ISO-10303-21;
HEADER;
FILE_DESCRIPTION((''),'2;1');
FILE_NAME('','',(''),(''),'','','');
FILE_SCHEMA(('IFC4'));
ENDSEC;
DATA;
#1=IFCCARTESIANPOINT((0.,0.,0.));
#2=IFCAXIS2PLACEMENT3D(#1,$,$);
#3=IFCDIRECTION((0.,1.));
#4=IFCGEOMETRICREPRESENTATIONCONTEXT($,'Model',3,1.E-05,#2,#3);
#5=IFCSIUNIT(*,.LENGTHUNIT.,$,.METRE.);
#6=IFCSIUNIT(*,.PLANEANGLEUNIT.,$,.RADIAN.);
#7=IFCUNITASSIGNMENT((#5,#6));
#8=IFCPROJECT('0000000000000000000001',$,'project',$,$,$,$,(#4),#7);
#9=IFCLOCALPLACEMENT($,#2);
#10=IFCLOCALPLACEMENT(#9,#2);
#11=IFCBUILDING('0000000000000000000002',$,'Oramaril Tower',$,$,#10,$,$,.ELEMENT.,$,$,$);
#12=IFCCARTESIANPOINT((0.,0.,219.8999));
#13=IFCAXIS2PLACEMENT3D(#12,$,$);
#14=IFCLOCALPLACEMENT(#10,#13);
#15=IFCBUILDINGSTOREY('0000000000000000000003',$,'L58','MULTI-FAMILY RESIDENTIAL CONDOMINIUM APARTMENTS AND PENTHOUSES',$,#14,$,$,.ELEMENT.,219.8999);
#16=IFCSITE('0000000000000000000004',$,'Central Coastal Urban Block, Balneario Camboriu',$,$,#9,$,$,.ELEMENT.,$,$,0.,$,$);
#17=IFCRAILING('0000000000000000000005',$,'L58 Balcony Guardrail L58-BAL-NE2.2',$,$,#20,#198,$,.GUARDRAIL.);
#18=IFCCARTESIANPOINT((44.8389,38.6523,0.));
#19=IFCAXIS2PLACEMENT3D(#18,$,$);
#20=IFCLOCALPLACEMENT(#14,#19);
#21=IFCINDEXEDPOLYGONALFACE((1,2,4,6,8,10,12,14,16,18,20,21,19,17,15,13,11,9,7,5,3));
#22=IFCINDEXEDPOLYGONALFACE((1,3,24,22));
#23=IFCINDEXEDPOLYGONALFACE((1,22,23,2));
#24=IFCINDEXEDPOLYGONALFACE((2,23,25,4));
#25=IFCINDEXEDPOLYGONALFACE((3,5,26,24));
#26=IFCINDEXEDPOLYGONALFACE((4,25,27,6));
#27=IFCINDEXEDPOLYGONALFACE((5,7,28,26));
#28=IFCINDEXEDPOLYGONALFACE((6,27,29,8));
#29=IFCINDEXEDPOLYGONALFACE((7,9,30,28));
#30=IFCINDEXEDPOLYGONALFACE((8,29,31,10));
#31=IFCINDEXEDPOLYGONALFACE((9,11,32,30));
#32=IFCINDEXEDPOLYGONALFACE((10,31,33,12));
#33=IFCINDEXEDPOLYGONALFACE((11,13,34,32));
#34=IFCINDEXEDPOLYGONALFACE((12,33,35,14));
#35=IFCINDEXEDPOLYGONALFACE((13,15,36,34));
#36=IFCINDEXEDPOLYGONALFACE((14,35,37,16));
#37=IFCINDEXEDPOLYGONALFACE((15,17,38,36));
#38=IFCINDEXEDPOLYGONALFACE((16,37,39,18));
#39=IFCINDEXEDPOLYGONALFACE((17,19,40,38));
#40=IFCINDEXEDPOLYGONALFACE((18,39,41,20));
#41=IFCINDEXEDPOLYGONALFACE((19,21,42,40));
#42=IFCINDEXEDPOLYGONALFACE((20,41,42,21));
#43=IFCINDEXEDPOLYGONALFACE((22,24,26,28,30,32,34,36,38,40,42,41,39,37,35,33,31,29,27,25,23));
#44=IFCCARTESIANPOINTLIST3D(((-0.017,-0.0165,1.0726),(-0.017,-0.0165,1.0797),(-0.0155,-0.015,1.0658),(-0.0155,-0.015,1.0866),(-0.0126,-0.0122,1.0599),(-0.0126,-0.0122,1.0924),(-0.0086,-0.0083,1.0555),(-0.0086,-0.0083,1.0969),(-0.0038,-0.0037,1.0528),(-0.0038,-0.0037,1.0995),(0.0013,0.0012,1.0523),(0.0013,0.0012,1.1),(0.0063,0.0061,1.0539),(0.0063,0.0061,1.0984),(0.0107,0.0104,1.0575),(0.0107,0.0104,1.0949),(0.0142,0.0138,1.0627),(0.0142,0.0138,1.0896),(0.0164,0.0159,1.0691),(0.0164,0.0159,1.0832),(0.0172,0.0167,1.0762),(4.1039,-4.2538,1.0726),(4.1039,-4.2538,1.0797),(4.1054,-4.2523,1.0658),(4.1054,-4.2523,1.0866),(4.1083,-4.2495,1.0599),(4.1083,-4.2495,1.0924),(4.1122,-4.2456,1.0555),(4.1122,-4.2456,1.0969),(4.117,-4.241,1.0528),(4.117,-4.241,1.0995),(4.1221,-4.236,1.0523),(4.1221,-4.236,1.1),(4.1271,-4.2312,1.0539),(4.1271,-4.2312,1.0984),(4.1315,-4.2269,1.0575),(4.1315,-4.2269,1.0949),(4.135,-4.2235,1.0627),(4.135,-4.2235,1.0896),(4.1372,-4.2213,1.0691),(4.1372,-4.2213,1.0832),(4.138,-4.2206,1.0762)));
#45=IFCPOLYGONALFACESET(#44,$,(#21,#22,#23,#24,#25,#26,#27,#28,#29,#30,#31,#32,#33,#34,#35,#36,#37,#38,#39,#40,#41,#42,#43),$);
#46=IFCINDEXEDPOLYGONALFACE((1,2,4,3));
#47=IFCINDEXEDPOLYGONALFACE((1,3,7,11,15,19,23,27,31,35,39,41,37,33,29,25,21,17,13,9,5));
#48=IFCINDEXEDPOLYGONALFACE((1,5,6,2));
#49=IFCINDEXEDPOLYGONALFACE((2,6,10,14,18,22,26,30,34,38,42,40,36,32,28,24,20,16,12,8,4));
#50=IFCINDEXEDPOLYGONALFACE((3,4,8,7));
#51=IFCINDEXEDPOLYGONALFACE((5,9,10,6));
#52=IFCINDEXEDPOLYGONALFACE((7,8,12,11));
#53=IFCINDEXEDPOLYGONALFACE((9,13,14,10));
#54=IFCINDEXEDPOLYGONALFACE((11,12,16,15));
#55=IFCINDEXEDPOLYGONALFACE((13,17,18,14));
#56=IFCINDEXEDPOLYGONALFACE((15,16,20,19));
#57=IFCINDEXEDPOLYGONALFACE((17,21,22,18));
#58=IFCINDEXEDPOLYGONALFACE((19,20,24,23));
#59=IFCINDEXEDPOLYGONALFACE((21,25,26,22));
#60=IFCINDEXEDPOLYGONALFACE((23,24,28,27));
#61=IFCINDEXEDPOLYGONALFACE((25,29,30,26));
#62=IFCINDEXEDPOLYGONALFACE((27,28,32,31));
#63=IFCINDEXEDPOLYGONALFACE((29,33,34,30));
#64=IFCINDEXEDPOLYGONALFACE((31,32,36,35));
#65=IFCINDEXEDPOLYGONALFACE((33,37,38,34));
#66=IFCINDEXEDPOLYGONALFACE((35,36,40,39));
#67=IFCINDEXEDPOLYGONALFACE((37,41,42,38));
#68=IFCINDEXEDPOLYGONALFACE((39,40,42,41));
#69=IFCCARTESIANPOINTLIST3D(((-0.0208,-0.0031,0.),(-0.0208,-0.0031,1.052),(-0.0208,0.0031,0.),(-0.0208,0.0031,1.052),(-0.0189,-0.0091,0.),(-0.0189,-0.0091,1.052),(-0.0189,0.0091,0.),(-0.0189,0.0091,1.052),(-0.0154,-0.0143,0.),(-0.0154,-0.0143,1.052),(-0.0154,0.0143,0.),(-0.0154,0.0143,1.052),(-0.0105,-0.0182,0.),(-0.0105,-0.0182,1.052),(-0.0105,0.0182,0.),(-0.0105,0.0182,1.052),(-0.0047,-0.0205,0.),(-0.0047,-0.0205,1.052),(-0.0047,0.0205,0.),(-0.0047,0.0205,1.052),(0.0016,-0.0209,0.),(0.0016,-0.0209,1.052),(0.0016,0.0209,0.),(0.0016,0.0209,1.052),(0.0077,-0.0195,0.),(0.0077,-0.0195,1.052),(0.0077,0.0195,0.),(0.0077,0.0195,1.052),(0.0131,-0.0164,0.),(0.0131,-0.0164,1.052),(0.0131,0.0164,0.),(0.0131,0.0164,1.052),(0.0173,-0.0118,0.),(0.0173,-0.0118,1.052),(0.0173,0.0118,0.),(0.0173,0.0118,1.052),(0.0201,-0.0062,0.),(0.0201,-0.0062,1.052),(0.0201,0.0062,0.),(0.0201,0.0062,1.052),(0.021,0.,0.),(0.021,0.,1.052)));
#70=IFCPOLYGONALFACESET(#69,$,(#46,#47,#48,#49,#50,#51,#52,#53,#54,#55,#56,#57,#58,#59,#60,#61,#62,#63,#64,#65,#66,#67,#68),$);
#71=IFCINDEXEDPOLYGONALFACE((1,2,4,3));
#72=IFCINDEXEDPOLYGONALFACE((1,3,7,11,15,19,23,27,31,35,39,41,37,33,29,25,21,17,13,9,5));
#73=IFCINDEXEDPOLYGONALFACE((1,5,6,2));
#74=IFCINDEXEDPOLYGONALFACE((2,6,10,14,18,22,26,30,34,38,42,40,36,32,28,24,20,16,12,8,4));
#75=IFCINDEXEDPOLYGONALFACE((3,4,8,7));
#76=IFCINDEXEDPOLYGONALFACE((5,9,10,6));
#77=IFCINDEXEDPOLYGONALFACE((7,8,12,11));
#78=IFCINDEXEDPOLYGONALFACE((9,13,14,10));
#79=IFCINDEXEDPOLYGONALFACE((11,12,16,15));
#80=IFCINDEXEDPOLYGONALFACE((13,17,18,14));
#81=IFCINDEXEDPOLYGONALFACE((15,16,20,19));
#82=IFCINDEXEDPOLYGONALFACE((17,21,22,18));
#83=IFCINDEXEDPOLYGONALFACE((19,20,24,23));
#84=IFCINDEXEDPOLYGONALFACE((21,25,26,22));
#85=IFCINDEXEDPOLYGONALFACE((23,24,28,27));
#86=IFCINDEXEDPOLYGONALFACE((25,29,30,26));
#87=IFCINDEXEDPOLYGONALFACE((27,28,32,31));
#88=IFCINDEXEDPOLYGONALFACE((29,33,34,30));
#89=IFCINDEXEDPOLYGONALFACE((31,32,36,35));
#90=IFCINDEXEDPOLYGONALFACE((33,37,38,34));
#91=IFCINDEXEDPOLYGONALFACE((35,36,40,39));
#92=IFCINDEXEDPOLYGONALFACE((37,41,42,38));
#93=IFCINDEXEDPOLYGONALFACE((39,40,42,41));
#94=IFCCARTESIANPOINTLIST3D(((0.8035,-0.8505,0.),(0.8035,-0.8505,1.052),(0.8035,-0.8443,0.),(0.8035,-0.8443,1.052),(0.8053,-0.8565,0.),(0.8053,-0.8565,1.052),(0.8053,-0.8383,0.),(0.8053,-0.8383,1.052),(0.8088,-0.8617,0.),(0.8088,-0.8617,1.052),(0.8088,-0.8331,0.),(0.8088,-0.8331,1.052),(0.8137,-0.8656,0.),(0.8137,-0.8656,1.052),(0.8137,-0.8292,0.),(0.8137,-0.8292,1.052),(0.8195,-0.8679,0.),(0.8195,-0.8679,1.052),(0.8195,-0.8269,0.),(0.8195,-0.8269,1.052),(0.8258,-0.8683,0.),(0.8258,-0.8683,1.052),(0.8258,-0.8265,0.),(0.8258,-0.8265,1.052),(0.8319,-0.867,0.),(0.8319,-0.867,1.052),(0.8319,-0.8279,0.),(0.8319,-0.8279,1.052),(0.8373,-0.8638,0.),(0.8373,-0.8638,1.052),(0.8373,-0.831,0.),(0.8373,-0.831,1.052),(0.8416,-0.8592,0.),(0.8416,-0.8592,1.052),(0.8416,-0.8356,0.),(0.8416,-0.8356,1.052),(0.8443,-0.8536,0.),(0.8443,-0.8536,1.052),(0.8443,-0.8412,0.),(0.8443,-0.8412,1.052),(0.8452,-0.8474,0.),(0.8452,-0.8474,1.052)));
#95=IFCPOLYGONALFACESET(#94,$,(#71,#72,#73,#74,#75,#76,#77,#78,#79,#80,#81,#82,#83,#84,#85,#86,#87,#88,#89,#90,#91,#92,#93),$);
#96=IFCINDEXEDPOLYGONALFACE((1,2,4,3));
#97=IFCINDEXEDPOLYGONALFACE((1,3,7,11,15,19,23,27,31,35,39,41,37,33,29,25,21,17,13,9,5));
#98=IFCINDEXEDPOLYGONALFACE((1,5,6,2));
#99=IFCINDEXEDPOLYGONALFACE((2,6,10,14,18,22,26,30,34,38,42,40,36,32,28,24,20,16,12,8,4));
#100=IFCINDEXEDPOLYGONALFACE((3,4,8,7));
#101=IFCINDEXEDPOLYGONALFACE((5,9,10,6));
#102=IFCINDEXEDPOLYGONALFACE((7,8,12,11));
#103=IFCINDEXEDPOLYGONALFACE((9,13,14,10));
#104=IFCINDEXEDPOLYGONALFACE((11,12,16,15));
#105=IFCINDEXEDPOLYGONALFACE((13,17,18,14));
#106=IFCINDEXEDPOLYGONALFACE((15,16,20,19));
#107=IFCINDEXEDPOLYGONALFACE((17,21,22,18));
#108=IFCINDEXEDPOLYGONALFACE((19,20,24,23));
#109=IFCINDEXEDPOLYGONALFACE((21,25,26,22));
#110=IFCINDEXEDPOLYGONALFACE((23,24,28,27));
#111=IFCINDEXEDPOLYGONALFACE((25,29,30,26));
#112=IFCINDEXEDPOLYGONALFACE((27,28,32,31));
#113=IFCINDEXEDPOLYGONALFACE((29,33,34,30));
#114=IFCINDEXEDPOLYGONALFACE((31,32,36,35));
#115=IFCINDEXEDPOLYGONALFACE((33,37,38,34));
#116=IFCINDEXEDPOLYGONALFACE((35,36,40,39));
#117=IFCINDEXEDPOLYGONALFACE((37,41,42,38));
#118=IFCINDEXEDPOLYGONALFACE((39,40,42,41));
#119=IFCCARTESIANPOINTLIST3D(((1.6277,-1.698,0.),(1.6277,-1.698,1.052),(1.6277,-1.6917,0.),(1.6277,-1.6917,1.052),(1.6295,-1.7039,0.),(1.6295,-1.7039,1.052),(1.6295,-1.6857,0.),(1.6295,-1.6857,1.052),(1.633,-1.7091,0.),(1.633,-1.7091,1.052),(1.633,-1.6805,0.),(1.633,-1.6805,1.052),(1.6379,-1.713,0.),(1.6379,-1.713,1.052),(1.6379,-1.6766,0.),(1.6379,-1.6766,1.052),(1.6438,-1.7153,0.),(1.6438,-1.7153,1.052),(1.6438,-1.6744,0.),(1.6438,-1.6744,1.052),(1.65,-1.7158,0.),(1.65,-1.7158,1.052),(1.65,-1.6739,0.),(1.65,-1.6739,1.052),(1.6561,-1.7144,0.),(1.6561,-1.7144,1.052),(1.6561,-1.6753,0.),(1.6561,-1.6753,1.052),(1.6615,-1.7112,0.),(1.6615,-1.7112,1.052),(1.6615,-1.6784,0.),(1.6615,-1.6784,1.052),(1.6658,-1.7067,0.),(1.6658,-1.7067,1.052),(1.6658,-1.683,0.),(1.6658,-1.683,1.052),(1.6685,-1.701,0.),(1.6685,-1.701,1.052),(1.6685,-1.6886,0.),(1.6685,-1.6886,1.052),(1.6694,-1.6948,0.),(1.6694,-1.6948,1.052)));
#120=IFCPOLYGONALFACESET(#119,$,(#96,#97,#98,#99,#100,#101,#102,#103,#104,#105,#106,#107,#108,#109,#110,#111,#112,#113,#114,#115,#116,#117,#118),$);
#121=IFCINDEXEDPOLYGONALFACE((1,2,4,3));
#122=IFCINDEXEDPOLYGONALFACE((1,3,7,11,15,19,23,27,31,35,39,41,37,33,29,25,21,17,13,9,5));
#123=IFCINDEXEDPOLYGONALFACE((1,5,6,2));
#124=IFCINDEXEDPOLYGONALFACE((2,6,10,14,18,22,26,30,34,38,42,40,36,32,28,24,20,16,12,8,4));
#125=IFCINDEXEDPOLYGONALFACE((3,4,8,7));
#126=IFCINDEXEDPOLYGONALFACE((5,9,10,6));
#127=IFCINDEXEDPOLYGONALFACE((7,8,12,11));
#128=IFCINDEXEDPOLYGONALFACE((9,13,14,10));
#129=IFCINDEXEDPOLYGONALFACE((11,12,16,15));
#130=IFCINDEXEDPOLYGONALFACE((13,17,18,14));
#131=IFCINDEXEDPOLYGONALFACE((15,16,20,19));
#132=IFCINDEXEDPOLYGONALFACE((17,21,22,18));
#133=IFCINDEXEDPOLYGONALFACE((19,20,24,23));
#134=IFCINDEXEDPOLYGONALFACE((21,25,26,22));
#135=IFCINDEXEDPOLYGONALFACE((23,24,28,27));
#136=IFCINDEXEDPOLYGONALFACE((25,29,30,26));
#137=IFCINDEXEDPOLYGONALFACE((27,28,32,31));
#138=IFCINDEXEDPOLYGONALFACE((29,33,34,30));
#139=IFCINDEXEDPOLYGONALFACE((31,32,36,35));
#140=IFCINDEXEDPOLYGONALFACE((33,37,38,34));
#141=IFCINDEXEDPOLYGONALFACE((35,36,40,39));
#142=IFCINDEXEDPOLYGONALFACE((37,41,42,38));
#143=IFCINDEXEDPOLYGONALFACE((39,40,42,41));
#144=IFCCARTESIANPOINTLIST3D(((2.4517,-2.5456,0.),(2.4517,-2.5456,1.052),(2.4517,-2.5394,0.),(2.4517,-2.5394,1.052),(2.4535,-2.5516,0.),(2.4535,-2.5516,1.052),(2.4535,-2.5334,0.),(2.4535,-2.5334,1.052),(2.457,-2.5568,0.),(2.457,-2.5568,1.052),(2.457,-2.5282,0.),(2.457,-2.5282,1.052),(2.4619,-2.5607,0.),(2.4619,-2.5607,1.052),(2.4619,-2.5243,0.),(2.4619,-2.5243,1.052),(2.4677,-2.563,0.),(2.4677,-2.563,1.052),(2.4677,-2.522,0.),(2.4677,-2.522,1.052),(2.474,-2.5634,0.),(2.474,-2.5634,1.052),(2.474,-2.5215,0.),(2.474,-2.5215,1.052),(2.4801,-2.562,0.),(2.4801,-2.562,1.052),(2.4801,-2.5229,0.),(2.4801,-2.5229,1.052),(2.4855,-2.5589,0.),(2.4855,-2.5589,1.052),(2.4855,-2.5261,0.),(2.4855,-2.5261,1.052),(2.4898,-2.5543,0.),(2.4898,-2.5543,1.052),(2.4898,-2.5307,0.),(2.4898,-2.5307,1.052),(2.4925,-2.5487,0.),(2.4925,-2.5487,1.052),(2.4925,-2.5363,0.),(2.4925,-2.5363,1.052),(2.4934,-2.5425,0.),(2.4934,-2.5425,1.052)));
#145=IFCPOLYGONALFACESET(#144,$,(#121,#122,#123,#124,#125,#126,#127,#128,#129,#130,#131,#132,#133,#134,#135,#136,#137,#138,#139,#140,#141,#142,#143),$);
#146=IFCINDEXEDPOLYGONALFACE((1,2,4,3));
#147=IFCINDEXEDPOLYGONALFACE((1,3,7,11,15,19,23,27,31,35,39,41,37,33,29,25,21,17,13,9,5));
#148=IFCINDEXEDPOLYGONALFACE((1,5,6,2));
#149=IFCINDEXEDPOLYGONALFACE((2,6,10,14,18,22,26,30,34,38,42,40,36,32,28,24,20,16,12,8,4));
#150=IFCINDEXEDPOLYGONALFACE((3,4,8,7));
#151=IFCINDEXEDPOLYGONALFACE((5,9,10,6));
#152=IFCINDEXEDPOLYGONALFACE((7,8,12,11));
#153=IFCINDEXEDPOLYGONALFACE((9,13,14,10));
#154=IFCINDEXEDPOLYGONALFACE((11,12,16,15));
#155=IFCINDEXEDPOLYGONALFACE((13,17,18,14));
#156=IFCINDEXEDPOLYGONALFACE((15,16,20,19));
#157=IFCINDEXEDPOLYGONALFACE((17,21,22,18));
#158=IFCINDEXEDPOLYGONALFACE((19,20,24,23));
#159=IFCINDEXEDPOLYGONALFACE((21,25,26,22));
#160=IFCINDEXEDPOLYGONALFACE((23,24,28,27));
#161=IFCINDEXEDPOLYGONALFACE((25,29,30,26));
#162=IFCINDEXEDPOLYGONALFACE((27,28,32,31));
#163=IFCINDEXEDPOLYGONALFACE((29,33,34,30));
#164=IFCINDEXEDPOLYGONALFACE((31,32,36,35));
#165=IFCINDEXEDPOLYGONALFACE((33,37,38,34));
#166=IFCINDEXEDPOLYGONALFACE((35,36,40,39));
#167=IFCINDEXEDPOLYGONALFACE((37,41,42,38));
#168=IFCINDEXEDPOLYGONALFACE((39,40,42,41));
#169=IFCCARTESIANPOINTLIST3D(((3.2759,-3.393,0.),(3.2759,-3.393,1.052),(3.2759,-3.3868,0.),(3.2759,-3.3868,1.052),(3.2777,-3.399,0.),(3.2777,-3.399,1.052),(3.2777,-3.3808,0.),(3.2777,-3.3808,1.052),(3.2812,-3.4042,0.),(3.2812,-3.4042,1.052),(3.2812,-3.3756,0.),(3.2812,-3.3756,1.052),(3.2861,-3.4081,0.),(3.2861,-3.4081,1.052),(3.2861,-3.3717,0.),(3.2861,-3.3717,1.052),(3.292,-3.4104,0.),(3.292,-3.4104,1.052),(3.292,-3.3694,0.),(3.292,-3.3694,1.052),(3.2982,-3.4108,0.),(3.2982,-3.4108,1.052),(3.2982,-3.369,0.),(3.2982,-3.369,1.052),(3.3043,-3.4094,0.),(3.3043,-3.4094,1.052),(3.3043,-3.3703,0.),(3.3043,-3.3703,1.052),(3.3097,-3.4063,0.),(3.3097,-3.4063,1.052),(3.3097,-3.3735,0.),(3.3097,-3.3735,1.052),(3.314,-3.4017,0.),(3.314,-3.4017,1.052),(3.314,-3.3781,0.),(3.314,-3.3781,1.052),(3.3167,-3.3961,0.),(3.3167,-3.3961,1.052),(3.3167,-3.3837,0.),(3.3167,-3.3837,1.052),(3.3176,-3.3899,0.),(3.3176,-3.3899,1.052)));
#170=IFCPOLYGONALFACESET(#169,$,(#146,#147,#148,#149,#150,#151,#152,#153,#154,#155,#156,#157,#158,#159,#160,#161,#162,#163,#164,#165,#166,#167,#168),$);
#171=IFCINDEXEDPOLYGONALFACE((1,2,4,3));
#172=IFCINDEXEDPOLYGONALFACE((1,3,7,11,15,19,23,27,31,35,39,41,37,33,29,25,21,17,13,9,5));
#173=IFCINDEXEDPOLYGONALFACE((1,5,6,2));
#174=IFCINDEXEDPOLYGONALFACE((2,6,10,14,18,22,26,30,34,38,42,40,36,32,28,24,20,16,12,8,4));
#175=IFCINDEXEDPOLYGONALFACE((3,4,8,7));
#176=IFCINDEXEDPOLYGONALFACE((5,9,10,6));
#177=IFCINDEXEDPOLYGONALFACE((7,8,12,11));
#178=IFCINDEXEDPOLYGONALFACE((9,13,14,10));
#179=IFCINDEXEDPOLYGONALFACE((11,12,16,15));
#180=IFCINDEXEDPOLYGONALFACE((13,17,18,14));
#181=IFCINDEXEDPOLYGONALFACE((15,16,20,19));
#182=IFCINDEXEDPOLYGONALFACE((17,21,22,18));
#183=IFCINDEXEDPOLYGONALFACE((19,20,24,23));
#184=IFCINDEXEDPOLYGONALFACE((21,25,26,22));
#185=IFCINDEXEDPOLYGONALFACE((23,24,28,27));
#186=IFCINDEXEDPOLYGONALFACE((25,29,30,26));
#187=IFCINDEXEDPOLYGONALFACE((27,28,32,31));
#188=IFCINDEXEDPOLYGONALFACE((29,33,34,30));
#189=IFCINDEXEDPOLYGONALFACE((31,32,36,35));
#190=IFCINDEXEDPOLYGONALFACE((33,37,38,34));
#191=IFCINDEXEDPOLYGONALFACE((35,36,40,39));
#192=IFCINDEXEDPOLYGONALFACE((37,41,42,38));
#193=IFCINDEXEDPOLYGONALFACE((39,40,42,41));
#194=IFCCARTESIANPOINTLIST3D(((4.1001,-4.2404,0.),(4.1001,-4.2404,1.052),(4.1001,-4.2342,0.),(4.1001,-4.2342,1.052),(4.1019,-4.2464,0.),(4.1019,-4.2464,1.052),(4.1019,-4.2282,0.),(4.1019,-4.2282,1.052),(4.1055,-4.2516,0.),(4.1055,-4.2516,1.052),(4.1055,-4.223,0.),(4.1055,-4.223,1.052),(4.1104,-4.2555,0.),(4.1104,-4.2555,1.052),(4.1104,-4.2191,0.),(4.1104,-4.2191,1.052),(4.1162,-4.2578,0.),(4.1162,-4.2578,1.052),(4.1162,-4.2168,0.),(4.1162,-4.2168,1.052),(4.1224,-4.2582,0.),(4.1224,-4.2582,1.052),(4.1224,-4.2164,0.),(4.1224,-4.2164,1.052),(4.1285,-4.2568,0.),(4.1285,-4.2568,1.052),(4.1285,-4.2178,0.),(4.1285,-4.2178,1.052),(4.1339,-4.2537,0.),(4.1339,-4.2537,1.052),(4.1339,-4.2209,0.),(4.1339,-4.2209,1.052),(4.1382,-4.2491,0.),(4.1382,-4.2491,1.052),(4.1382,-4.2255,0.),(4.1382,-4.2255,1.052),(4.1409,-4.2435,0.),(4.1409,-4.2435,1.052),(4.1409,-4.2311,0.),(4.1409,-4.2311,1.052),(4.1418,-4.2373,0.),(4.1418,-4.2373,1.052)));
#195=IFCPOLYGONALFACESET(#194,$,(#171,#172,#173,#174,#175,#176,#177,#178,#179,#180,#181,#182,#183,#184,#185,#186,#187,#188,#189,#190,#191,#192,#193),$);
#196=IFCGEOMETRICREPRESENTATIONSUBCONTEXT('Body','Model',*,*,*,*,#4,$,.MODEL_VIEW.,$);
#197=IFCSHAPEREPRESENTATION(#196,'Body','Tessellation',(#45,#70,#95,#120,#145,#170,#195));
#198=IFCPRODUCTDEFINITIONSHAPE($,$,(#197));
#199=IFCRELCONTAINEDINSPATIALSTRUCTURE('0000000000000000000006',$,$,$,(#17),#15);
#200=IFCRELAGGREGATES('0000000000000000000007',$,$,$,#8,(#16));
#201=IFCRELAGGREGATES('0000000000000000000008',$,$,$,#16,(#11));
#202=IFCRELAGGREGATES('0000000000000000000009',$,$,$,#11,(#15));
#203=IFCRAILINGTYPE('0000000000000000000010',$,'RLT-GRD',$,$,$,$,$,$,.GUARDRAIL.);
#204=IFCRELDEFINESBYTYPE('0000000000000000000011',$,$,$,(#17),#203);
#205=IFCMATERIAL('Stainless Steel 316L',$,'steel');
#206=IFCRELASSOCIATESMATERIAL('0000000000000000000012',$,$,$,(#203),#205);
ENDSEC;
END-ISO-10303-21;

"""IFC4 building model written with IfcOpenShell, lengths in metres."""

from ifc_helpers import new_model, si_unit, direction, frame, origin, origin_2d, place, context, subcontext, project, spatial, circle, extrude, material, type_object, element, save


model = new_model("IFC4")

# Units and contexts
model_context = context("Model", 3, precision=1e-05, world=origin(), true_north=direction((0.0, 1.0)))
body_context = subcontext(model_context, "Body", "Model", "MODEL_VIEW")
ifc_project = project(units=[si_unit("LENGTHUNIT", "METRE"), si_unit("PLANEANGLEUNIT", "RADIAN")], contexts=[model_context])

# Site, building, storey
site_placement = place(None, origin())
site = spatial("IfcSite", under=ifc_project, at=site_placement, Name="Central Coastal Urban Block, Balneario Camboriu", CompositionType="ELEMENT", RefElevation=0.0)
building_placement = place(site_placement, origin())
building = spatial("IfcBuilding", under=site, at=building_placement, Name="Oramaril Tower", CompositionType="ELEMENT")
storey_placement = place(building_placement, frame((0.0, 0.0, 219.8999)))
storey = spatial("IfcBuildingStorey", under=building, at=storey_placement, Name="L58", Description="MULTI-FAMILY RESIDENTIAL CONDOMINIUM APARTMENTS AND PENTHOUSES", CompositionType="ELEMENT", Elevation=219.8999)

# Railing
ifc_material_1 = material(Name="Stainless Steel 316L", Category="steel")
railing_type = type_object("IfcRailingType", Name="RLT-GRD", PredefinedType="GUARDRAIL", material=ifc_material_1)
railing_placement = place(storey_placement, frame((44.8389, 38.6523, 0.0)))
element("IfcRailing", 1, at=railing_placement, inside=storey, type_object=railing_type, Name="L58 Balcony Guardrail L58-BAL-NE2.2", PredefinedType="GUARDRAIL", context=body_context, shape_type="SweptSolid", body=[
    extrude(circle(Radius=0.0239, at=origin_2d()), frame((0.0, 0.0, 1.0762), z_axis=(0.697187, -0.716889, 0.0), x_axis=(0.716889, 0.697187, 0.0)), (0.0, 0.0, 1.0), 5.9106),
    extrude(circle(Radius=0.021, at=origin_2d()), origin(), (0.0, 0.0, 1.0), 1.052),
    extrude(circle(Radius=0.021, at=origin_2d()), frame((0.8242, -0.8474, 0.0)), (0.0, 0.0, 1.0), 1.052),
    extrude(circle(Radius=0.021, at=origin_2d()), frame((1.6484, -1.6948, 0.0)), (0.0, 0.0, 1.0), 1.052),
    extrude(circle(Radius=0.021, at=origin_2d()), frame((2.4724, -2.5425, 0.0)), (0.0, 0.0, 1.0), 1.052),
    extrude(circle(Radius=0.021, at=origin_2d()), frame((3.2966, -3.3899, 0.0)), (0.0, 0.0, 1.0), 1.052),
    extrude(circle(Radius=0.021, at=origin_2d()), frame((4.1208, -4.2373, 0.0)), (0.0, 0.0, 1.0), 1.052),
])

save(model, "model.ifc")
